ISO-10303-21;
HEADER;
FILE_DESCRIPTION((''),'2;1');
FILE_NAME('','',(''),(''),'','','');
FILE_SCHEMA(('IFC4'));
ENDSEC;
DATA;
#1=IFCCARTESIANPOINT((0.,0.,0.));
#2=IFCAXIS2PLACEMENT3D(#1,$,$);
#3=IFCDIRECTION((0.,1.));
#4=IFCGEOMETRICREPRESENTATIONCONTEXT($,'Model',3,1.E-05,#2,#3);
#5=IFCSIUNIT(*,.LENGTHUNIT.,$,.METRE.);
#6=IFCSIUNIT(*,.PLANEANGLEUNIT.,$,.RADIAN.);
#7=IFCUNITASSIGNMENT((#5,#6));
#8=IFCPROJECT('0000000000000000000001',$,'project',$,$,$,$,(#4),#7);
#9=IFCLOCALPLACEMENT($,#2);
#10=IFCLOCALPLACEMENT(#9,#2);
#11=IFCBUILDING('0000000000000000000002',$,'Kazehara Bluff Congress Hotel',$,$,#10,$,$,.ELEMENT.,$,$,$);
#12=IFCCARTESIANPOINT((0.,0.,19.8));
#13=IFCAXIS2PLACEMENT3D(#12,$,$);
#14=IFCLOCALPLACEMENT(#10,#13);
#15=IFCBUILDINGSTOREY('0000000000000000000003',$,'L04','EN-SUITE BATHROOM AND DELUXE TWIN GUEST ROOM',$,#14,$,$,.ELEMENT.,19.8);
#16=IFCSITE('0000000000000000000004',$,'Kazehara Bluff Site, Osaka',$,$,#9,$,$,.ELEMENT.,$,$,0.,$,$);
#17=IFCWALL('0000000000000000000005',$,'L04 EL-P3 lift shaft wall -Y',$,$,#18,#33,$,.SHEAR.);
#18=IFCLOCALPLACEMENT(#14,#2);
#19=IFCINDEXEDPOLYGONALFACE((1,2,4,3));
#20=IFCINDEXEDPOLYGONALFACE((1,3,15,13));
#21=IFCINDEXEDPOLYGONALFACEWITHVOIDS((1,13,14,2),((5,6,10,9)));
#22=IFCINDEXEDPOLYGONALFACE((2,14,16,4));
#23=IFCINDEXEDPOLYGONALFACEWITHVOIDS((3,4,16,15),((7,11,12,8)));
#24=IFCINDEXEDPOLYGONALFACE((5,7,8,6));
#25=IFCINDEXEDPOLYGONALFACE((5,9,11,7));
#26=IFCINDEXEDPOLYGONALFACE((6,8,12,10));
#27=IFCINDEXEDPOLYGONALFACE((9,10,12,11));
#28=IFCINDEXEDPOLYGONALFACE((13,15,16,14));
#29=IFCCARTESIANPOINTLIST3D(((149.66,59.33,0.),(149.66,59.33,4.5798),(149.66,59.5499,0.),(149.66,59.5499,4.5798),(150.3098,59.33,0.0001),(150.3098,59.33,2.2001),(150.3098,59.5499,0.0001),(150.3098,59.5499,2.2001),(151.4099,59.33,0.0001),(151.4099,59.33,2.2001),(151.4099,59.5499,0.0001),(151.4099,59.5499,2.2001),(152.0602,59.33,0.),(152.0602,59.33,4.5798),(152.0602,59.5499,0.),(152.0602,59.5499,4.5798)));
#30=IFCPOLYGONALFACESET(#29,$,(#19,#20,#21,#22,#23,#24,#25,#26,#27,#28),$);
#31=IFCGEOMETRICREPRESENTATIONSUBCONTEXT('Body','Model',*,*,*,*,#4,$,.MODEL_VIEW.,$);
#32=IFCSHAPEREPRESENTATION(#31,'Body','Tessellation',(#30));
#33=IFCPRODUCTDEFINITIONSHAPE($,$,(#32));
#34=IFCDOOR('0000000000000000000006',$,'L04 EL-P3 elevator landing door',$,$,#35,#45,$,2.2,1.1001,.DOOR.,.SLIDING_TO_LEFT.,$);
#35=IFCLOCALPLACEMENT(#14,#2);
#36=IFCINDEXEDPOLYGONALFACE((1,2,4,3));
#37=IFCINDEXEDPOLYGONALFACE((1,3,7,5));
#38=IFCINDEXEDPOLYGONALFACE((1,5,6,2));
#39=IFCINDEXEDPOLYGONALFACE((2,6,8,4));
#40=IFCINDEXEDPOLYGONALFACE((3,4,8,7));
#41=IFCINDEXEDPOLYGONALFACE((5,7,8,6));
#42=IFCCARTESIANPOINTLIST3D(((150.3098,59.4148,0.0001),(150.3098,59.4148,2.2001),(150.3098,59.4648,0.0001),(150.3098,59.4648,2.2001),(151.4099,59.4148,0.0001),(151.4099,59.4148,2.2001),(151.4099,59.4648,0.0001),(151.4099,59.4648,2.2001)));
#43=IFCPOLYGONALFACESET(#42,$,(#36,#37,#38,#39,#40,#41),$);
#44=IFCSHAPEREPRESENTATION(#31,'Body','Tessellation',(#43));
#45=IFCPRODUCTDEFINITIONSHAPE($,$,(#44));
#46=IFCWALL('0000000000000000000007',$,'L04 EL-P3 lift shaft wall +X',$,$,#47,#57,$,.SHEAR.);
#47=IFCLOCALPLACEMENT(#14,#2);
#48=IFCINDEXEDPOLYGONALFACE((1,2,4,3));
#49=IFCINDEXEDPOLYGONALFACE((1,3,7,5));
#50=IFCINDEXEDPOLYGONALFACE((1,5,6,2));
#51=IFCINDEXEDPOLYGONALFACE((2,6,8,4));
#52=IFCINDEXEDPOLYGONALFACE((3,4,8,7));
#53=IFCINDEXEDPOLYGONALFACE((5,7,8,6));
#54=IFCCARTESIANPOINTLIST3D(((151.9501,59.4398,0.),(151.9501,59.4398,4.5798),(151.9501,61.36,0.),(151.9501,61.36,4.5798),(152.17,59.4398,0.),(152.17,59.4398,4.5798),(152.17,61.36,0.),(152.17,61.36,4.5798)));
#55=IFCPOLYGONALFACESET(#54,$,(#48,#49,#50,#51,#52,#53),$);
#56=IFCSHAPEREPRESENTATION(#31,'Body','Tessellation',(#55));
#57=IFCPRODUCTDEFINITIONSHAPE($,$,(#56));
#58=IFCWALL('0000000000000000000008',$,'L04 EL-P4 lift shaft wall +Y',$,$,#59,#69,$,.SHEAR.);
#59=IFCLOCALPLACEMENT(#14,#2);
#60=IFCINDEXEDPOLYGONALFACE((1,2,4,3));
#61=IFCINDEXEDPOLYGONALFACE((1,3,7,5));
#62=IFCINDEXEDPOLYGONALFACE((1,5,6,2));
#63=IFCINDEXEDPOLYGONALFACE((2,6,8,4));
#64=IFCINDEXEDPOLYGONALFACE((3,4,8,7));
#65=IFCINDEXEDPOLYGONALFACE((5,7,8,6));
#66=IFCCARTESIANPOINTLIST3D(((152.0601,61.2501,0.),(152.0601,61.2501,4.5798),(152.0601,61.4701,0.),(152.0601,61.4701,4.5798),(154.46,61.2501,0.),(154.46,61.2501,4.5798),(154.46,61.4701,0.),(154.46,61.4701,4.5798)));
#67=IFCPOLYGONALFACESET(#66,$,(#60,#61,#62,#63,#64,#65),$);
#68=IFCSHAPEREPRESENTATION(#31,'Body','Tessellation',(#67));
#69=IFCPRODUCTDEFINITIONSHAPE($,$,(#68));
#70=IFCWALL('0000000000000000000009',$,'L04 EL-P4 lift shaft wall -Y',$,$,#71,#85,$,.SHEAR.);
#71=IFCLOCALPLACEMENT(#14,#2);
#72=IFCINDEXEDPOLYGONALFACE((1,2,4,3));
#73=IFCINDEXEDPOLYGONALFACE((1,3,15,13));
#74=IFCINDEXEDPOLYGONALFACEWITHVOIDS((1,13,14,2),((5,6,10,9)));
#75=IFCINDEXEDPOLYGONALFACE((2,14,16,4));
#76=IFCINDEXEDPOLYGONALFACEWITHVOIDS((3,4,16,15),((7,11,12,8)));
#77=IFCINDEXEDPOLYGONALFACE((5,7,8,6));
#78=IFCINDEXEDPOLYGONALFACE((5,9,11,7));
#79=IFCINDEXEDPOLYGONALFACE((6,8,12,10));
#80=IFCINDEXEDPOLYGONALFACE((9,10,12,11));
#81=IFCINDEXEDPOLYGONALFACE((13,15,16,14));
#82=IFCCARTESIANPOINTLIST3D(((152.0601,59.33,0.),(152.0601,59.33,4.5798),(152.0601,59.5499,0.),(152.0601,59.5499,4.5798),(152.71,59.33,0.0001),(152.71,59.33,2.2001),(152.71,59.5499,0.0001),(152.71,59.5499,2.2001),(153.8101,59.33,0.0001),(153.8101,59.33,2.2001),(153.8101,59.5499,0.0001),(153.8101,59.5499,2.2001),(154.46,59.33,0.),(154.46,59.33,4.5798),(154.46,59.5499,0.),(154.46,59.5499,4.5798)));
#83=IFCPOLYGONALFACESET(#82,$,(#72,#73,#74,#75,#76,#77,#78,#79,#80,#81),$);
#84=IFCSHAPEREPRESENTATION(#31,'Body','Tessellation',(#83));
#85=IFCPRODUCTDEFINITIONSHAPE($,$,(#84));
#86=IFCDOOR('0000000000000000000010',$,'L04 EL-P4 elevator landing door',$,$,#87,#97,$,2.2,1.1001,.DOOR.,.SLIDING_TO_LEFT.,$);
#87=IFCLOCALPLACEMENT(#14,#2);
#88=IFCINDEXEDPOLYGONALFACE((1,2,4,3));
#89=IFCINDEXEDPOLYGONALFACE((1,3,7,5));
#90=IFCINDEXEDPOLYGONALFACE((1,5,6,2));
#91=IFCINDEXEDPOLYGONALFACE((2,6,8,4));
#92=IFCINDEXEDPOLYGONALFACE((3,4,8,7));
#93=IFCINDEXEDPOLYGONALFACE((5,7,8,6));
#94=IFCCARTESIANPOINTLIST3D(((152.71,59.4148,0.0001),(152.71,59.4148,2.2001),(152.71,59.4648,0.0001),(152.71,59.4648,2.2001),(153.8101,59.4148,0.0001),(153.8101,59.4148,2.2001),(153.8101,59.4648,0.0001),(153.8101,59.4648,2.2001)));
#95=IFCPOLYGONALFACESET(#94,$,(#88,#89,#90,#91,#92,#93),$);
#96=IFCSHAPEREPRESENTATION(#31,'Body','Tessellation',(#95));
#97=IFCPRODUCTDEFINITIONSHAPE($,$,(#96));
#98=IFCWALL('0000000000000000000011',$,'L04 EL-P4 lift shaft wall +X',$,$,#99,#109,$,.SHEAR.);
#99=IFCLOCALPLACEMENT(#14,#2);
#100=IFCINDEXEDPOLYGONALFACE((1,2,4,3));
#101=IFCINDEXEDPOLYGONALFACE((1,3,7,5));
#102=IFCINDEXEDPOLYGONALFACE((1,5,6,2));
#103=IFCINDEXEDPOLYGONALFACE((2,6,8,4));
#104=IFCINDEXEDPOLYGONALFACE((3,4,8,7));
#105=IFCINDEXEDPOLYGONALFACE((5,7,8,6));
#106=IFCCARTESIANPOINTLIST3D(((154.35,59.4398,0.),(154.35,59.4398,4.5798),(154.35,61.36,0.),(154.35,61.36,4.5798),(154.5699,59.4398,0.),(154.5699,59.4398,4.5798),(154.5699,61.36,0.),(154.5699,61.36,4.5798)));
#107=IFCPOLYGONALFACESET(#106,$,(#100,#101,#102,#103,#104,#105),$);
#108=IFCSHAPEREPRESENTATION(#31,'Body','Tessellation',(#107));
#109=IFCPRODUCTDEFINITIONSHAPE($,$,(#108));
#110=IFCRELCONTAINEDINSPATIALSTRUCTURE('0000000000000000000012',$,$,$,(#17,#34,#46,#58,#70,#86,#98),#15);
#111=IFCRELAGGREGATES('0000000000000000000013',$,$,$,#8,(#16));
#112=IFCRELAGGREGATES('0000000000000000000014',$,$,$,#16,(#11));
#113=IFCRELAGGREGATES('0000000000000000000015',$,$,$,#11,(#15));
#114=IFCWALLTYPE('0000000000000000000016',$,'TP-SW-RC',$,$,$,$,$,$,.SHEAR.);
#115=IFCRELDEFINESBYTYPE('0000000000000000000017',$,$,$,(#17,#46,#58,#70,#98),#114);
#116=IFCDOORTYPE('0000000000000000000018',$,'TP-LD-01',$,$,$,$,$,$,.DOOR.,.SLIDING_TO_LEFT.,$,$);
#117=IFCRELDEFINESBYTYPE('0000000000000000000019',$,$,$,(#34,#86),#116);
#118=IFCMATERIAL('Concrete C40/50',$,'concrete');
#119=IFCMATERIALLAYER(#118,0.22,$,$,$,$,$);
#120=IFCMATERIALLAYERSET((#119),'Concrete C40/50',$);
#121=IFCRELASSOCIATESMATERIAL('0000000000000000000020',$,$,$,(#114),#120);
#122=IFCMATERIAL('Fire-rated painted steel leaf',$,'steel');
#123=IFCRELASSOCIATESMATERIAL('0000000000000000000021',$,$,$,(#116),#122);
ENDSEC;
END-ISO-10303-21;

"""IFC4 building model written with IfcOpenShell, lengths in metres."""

from ifc_helpers import new_model, si_unit, direction, frame, frame_2d, origin, place, context, subcontext, project, spatial, rectangle, extrude, material, layer, layer_set, type_object, element, fill, save


model = new_model("IFC4")

# Units and contexts
model_context = context("Model", 3, precision=1e-05, world=origin(), true_north=direction((0.0, 1.0)))
body_context = subcontext(model_context, "Body", "Model", "MODEL_VIEW")
ifc_project = project(units=[si_unit("LENGTHUNIT", "METRE"), si_unit("PLANEANGLEUNIT", "RADIAN")], contexts=[model_context])

# Site, building, storey
site_placement = place(None, origin())
site = spatial("IfcSite", under=ifc_project, at=site_placement, Name="Kazehara Bluff Site, Osaka", CompositionType="ELEMENT", RefElevation=0.0)
building_placement = place(site_placement, origin())
building = spatial("IfcBuilding", under=site, at=building_placement, Name="Kazehara Bluff Congress Hotel", CompositionType="ELEMENT")
storey_placement = place(building_placement, frame((0.0, 0.0, 19.8)))
storey = spatial("IfcBuildingStorey", under=building, at=storey_placement, Name="L04", Description="EN-SUITE BATHROOM AND DELUXE TWIN GUEST ROOM", CompositionType="ELEMENT", Elevation=19.8)

# Shared definitions
ifc_material_1 = material(Name="Concrete C40/50", Category="concrete")
ifc_layer_1 = layer(ifc_material_1, 0.22)
ifc_layer_set_1 = layer_set([ifc_layer_1], Name="Concrete C40/50")
wall_type_1 = type_object("IfcWallType", Name="TP-SW-RC", PredefinedType="SHEAR", material=ifc_layer_set_1)

# Shared definitions
ifc_material_2 = material(Name="Fire-rated painted steel leaf", Category="steel")
door_type_1 = type_object("IfcDoorType", Name="TP-LD-01", OperationType="SLIDING_TO_LEFT", PredefinedType="DOOR", material=ifc_material_2)

# Wall, opening, door
wall_1_placement = place(storey_placement, frame((149.6599, 59.4399, 0.0), z_axis=(0.0, 0.0, 1.0), x_axis=(1.0, 0.0, 0.0)))
wall_1 = element("IfcWall", 1, at=wall_1_placement, inside=storey, type_object=wall_type_1, Name="L04 EL-P3 lift shaft wall -Y", PredefinedType="SHEAR", context=body_context, shape_type="SweptSolid", body=[
    extrude(rectangle(XDim=2.4001, YDim=0.22, at=frame_2d((1.2002, 0.0))), origin(), (0.0, 0.0, 1.0), 4.5798),
])
opening_1_placement = place(wall_1_placement, frame((0.6499, 0.0, 0.0)))
opening_1 = element("IfcOpeningElement", 2, at=opening_1_placement, cuts=wall_1, PredefinedType="OPENING", context=body_context, shape_type="SweptSolid", body=[
    extrude(rectangle(XDim=1.1001, YDim=2.2, at=frame_2d((0.55, 1.1001))), frame((0.0, 0.1199, 0.0), z_axis=(0.0, -1.0, 0.0), x_axis=(1.0, 0.0, 0.0)), (0.0, 0.0, 1.0), 0.24),
])
door_1_placement = place(opening_1_placement, origin())
door_1 = element("IfcDoor", 3, at=door_1_placement, inside=storey, type_object=door_type_1, Name="L04 EL-P3 elevator landing door", OperationType="SLIDING_TO_LEFT", OverallHeight=2.2, OverallWidth=1.1001, PredefinedType="DOOR", context=body_context, shape_type="SweptSolid", body=[
    extrude(rectangle(XDim=1.1001, YDim=2.2, at=frame_2d((0.55, 1.1001))), frame((0.0, 0.0249, 0.0), z_axis=(0.0, -1.0, 0.0), x_axis=(1.0, 0.0, 0.0)), (0.0, 0.0, 1.0), 0.05),
])
fill(opening_1, door_1)

# Walls
wall_2_placement = place(storey_placement, frame((152.0601, 59.4399, 0.0), z_axis=(0.0, 0.0, 1.0), x_axis=(0.0, 1.0, 0.0)))
element("IfcWall", 4, at=wall_2_placement, inside=storey, type_object=wall_type_1, Name="L04 EL-P3 lift shaft wall +X", PredefinedType="SHEAR", context=body_context, shape_type="SweptSolid", body=[
    extrude(rectangle(XDim=1.9202, YDim=0.22, at=frame_2d((0.96, 0.0))), origin(), (0.0, 0.0, 1.0), 4.5798),
])
wall_3_placement = place(storey_placement, frame((152.0601, 61.3601, 0.0), z_axis=(0.0, 0.0, 1.0), x_axis=(1.0, 0.0, 0.0)))
element("IfcWall", 5, at=wall_3_placement, inside=storey, type_object=wall_type_1, Name="L04 EL-P4 lift shaft wall +Y", PredefinedType="SHEAR", context=body_context, shape_type="SweptSolid", body=[
    extrude(rectangle(XDim=2.3999, YDim=0.22, at=frame_2d((1.2, 0.0))), origin(), (0.0, 0.0, 1.0), 4.5798),
])

# Wall, opening, door
wall_4_placement = place(storey_placement, frame((152.0601, 59.4399, 0.0), z_axis=(0.0, 0.0, 1.0), x_axis=(1.0, 0.0, 0.0)))
wall_4 = element("IfcWall", 6, at=wall_4_placement, inside=storey, type_object=wall_type_1, Name="L04 EL-P4 lift shaft wall -Y", PredefinedType="SHEAR", context=body_context, shape_type="SweptSolid", body=[
    extrude(rectangle(XDim=2.3999, YDim=0.22, at=frame_2d((1.2, 0.0))), origin(), (0.0, 0.0, 1.0), 4.5798),
])
opening_2_placement = place(wall_4_placement, frame((0.6499, 0.0, 0.0)))
opening_2 = element("IfcOpeningElement", 7, at=opening_2_placement, cuts=wall_4, PredefinedType="OPENING", context=body_context, shape_type="SweptSolid", body=[
    extrude(rectangle(XDim=1.1001, YDim=2.2, at=frame_2d((0.55, 1.1001))), frame((0.0, 0.1199, 0.0), z_axis=(0.0, -1.0, 0.0), x_axis=(1.0, 0.0, 0.0)), (0.0, 0.0, 1.0), 0.24),
])
door_2_placement = place(opening_2_placement, origin())
door_2 = element("IfcDoor", 8, at=door_2_placement, inside=storey, type_object=door_type_1, Name="L04 EL-P4 elevator landing door", OperationType="SLIDING_TO_LEFT", OverallHeight=2.2, OverallWidth=1.1001, PredefinedType="DOOR", context=body_context, shape_type="SweptSolid", body=[
    extrude(rectangle(XDim=1.1001, YDim=2.2, at=frame_2d((0.55, 1.1001))), frame((0.0, 0.0249, 0.0), z_axis=(0.0, -1.0, 0.0), x_axis=(1.0, 0.0, 0.0)), (0.0, 0.0, 1.0), 0.05),
])
fill(opening_2, door_2)

# Wall
wall_5_placement = place(storey_placement, frame((154.46, 59.4399, 0.0), z_axis=(0.0, 0.0, 1.0), x_axis=(0.0, 1.0, 0.0)))
element("IfcWall", 9, at=wall_5_placement, inside=storey, type_object=wall_type_1, Name="L04 EL-P4 lift shaft wall +X", PredefinedType="SHEAR", context=body_context, shape_type="SweptSolid", body=[
    extrude(rectangle(XDim=1.9202, YDim=0.22, at=frame_2d((0.96, 0.0))), origin(), (0.0, 0.0, 1.0), 4.5798),
])

save(model, "model.ifc")
